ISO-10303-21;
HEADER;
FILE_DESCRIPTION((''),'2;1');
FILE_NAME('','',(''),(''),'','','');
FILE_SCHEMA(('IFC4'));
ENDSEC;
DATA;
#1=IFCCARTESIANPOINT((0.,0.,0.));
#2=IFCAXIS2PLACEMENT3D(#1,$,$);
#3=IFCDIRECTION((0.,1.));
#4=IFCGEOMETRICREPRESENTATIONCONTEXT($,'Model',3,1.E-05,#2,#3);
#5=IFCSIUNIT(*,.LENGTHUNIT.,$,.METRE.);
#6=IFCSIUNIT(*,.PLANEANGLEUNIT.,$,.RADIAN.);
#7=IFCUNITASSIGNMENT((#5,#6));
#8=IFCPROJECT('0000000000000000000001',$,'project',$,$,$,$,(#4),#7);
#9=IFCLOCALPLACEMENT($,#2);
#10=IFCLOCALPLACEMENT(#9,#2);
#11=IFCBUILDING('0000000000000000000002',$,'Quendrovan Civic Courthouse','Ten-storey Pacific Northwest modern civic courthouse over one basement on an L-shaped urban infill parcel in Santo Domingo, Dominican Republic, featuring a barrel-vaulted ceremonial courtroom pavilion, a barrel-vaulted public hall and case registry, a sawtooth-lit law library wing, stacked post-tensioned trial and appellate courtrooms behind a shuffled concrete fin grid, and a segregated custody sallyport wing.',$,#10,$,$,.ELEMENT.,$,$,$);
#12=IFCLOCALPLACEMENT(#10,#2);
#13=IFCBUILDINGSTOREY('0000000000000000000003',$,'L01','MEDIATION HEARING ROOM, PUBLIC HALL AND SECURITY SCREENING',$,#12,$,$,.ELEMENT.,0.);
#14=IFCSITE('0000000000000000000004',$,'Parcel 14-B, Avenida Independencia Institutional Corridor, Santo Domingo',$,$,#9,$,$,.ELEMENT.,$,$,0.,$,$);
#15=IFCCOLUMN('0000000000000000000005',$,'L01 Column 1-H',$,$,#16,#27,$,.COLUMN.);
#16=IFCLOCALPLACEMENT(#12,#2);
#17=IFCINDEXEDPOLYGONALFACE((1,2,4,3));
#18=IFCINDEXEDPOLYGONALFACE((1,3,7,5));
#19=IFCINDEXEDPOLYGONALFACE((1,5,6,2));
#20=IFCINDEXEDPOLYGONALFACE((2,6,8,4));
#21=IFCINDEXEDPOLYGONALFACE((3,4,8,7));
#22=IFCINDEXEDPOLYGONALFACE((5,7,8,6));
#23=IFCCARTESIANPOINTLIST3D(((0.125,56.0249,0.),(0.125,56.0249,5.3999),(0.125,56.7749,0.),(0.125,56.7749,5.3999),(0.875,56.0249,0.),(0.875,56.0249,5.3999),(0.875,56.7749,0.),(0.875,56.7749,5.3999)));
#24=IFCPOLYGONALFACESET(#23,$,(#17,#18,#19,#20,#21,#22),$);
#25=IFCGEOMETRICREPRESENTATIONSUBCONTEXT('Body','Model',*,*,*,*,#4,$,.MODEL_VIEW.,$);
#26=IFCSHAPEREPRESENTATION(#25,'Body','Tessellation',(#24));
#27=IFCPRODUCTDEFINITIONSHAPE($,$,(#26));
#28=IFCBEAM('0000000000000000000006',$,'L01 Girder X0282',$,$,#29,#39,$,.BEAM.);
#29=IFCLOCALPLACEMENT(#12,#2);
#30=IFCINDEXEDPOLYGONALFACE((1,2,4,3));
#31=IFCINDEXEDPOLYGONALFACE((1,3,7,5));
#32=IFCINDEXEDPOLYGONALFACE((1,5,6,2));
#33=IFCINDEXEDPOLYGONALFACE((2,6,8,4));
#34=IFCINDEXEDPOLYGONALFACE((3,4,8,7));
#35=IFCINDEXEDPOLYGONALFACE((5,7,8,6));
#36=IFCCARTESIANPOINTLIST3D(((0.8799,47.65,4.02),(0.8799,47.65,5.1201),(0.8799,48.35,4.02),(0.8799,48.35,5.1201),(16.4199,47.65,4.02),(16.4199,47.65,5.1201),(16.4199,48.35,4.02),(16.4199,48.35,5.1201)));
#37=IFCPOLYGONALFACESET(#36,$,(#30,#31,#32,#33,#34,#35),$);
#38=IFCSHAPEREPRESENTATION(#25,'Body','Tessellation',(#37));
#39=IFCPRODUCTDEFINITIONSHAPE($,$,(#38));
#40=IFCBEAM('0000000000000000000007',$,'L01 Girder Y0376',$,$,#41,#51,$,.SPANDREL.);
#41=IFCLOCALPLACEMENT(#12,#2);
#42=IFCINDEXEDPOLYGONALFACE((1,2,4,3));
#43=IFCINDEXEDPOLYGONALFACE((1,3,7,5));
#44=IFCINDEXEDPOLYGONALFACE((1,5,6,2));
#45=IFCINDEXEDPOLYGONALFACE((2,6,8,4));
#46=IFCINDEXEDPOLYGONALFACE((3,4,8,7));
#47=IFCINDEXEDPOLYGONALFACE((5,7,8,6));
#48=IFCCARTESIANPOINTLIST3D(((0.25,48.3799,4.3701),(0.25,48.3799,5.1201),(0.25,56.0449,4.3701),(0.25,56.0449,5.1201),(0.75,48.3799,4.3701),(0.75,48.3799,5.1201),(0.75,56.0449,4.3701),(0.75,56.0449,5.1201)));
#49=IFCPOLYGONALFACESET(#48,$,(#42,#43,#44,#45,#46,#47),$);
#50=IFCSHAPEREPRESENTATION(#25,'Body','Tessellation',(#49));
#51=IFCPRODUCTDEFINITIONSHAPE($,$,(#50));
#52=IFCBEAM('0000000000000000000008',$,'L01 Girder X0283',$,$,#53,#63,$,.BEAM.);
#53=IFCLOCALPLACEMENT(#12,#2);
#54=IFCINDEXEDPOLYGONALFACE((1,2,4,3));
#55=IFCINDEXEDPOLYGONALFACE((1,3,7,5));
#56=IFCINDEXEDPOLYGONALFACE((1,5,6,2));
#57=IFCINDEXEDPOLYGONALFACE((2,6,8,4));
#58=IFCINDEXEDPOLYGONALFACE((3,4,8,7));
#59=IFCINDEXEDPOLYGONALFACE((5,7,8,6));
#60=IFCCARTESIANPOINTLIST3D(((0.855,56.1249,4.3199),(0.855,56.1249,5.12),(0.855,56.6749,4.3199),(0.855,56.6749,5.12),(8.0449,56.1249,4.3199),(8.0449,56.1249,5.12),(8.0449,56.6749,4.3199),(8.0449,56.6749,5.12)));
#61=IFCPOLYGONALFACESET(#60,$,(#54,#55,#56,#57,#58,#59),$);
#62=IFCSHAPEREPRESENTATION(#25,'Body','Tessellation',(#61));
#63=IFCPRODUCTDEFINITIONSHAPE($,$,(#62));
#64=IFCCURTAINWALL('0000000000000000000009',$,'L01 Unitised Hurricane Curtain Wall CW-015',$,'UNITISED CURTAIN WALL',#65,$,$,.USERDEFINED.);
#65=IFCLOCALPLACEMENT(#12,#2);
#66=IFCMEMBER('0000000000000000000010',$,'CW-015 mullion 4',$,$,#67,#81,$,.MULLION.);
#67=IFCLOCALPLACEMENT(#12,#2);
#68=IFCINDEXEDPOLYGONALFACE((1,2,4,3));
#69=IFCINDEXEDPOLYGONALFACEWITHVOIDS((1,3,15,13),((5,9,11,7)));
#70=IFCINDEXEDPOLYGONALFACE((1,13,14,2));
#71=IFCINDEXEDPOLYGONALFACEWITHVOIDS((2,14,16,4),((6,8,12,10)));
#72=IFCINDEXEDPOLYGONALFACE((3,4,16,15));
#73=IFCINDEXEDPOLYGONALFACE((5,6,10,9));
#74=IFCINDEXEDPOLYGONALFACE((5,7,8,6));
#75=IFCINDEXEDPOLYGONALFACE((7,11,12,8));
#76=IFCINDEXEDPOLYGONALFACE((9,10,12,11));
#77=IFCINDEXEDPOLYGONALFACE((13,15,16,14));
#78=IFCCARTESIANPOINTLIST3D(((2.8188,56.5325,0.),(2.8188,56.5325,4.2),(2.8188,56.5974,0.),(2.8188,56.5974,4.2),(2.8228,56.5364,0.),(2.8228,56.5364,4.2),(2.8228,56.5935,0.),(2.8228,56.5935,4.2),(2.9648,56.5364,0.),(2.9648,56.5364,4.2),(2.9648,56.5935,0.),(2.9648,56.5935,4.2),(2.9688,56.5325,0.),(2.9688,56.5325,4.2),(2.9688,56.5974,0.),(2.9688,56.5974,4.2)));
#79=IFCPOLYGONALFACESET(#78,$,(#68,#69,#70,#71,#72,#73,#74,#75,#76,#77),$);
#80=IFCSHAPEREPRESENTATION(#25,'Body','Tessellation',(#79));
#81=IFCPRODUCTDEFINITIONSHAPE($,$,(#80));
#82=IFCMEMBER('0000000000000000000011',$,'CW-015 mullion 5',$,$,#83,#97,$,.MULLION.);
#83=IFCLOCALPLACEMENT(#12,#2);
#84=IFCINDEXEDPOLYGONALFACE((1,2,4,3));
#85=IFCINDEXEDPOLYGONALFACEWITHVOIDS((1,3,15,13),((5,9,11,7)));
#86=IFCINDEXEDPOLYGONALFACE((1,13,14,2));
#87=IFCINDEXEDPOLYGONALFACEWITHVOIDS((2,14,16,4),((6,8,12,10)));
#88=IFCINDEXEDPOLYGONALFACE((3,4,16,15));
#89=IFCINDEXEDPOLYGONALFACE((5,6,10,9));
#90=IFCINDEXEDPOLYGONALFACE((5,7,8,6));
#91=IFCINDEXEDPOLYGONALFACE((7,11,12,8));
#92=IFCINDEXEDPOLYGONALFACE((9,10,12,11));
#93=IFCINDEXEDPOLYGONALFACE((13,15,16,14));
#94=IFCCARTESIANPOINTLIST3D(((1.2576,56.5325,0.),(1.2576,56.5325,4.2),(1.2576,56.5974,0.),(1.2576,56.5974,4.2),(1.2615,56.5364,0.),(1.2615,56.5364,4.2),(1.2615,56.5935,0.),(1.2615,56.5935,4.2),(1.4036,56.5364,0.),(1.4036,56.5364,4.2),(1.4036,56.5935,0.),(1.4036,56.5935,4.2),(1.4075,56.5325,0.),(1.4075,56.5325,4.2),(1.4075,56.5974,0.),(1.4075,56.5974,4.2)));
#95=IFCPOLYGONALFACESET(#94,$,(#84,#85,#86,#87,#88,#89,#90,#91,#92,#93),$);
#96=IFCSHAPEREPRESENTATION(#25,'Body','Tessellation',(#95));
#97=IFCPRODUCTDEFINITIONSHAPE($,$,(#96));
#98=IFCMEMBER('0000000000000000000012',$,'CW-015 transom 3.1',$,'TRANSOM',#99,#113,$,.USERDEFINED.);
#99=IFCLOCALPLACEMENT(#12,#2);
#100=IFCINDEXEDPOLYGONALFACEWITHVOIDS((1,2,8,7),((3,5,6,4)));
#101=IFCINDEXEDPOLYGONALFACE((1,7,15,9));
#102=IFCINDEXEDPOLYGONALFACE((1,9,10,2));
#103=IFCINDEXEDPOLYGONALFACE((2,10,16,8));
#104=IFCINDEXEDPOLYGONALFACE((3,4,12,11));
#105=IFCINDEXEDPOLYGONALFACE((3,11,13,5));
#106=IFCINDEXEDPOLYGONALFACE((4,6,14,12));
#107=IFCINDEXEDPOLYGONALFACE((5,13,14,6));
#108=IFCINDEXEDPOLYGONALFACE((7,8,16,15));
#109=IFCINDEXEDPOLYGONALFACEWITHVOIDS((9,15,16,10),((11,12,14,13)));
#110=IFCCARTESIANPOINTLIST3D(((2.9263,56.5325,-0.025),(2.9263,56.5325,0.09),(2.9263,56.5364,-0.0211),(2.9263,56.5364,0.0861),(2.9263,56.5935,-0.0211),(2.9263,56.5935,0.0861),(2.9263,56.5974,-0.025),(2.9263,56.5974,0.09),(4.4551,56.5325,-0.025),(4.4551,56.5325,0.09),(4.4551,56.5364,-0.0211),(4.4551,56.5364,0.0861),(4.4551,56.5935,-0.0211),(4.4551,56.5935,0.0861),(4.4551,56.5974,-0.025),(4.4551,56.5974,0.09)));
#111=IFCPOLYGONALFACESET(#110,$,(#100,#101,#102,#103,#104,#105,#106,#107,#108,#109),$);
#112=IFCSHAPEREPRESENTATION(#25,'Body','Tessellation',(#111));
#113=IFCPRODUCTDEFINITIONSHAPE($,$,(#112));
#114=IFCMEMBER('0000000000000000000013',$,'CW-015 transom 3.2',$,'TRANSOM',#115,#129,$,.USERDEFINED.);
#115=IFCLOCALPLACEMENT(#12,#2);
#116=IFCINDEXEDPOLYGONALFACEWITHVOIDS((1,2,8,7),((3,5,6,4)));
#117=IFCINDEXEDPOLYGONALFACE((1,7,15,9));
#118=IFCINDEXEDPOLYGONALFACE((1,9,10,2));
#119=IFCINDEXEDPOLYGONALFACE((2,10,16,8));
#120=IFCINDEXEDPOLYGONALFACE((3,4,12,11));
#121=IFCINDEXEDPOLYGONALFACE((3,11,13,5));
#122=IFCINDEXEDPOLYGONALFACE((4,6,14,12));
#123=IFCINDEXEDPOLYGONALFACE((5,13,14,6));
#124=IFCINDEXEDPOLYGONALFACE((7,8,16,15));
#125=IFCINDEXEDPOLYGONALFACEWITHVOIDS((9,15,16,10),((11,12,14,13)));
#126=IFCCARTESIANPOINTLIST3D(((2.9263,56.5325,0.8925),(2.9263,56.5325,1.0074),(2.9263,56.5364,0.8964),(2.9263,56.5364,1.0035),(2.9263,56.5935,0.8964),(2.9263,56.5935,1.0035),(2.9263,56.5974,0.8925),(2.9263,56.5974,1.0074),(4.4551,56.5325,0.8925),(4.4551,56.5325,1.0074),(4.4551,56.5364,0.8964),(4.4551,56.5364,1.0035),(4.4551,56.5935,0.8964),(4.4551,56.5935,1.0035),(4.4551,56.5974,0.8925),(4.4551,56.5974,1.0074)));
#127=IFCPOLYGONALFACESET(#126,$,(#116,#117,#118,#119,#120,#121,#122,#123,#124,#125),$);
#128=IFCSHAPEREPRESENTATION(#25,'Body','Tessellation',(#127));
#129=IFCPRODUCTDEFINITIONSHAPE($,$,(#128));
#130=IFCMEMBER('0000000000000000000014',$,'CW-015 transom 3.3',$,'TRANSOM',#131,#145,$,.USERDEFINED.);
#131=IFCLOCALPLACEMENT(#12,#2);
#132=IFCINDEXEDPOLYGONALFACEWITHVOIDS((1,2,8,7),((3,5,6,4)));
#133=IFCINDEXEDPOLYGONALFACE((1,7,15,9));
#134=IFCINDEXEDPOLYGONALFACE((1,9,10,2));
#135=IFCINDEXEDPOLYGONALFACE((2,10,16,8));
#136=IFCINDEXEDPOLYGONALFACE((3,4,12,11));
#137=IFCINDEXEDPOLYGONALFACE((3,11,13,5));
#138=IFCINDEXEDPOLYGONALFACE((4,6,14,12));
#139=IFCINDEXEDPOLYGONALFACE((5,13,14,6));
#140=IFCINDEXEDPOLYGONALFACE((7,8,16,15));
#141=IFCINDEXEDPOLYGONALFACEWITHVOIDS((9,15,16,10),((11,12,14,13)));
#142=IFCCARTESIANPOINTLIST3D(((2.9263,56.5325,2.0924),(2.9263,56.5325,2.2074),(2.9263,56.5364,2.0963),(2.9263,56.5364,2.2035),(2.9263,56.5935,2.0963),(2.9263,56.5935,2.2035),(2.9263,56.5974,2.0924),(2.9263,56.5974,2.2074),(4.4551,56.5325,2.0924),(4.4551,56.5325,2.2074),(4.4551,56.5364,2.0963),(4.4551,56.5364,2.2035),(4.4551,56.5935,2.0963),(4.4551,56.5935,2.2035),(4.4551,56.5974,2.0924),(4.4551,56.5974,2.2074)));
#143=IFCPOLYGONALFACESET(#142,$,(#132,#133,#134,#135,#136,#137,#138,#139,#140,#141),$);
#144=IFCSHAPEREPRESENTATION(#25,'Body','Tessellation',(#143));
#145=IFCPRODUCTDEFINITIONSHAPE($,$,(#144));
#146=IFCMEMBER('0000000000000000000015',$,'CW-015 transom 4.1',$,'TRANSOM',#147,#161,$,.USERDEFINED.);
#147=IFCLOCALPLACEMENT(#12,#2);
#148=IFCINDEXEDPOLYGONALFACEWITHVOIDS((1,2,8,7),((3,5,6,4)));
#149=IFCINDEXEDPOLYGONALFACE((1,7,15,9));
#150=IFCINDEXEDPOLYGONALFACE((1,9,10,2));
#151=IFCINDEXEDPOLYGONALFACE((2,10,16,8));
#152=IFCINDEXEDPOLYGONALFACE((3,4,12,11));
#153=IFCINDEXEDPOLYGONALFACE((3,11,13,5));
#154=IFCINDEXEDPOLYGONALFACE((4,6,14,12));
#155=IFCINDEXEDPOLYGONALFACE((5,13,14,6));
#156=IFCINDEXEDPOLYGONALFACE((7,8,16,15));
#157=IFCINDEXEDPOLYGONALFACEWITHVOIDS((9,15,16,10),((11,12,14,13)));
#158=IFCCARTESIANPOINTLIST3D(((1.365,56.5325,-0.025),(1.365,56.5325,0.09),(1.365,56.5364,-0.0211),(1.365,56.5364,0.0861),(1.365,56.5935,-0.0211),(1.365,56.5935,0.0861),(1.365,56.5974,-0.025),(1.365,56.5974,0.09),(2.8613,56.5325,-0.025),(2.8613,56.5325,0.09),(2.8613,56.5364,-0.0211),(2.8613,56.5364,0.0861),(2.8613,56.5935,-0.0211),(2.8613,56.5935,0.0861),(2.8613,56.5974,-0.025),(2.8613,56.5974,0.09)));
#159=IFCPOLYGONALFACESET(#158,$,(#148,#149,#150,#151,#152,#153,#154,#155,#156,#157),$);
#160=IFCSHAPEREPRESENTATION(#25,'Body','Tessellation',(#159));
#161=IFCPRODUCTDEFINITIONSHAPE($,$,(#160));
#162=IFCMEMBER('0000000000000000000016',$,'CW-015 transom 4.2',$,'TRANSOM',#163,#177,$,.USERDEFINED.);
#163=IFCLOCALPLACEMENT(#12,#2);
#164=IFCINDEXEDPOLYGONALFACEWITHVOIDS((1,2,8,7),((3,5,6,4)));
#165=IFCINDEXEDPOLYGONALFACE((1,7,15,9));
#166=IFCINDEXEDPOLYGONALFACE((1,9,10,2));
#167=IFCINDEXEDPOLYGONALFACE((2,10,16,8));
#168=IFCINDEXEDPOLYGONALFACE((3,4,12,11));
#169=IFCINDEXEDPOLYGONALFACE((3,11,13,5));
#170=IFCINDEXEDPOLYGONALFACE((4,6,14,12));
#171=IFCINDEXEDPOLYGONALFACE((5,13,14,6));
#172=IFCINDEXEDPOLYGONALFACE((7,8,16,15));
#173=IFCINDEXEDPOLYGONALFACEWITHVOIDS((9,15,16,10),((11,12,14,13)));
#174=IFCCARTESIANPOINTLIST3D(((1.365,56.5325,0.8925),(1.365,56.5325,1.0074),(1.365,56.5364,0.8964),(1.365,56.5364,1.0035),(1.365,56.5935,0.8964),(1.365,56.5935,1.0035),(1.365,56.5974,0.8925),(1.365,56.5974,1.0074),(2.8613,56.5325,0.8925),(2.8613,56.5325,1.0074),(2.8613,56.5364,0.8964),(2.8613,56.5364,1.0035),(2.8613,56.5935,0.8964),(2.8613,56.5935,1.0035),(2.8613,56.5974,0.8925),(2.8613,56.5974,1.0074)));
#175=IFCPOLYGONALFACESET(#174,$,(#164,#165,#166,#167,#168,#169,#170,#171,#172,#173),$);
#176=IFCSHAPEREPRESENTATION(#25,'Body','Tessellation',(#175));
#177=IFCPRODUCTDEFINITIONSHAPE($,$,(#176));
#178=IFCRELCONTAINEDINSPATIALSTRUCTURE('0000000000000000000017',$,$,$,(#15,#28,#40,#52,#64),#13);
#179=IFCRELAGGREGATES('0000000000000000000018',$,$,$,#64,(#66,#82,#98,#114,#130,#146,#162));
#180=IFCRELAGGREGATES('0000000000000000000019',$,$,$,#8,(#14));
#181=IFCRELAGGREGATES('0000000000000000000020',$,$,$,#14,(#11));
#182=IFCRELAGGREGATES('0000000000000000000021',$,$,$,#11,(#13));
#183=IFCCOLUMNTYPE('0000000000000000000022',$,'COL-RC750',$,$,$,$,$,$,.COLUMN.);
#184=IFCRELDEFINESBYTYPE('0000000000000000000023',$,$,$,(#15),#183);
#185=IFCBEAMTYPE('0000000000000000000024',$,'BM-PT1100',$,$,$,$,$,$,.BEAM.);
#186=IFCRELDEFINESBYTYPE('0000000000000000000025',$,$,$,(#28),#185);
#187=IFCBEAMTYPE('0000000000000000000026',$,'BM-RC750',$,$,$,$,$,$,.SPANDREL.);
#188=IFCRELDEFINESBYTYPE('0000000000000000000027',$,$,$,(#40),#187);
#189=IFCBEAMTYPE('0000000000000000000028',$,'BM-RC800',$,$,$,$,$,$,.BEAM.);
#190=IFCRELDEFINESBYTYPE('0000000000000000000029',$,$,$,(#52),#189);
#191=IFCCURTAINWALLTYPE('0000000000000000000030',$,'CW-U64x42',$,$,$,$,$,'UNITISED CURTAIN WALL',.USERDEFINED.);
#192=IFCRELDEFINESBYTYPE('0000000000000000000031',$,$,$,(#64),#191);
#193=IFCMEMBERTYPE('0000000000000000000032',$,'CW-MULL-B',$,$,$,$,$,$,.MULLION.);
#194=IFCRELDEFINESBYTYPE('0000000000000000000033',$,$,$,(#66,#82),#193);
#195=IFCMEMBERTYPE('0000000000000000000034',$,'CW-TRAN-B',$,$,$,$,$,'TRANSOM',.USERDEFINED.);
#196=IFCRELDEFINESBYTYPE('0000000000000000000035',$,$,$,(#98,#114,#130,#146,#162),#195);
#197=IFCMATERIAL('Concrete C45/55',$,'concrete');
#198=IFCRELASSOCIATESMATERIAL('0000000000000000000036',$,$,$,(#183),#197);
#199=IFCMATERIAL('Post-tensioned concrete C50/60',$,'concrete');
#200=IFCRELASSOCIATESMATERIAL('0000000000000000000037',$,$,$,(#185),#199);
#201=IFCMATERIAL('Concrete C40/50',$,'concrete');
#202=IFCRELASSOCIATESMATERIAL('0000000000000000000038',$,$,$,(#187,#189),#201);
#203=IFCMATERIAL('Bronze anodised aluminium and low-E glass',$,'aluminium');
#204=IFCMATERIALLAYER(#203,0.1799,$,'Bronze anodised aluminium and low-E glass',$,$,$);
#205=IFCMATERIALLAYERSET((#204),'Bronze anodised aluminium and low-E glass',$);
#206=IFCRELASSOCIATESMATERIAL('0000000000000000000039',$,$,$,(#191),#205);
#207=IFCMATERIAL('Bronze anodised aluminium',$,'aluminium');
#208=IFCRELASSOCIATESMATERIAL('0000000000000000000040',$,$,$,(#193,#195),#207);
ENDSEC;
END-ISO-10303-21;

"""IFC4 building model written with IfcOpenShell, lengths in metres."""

from ifc_helpers import new_model, si_unit, direction, frame, origin, origin_2d, place, context, subcontext, project, spatial, rectangle, hollow_rectangle, extrude, material, layer, layer_set, material_profile, profile_set, type_object, element, aggregate, save


model = new_model("IFC4")

# Units and contexts
model_context = context("Model", 3, precision=1e-05, world=origin(), true_north=direction((0.0, 1.0)))
body_context = subcontext(model_context, "Body", "Model", "MODEL_VIEW")
ifc_project = project(units=[si_unit("LENGTHUNIT", "METRE"), si_unit("PLANEANGLEUNIT", "RADIAN")], contexts=[model_context])

# Site, building, storey
site_placement = place(None, origin())
site = spatial("IfcSite", under=ifc_project, at=site_placement, Name="Parcel 14-B, Avenida Independencia Institutional Corridor, Santo Domingo", CompositionType="ELEMENT", RefElevation=0.0)
building_placement = place(site_placement, origin())
building = spatial("IfcBuilding", under=site, at=building_placement, Name="Quendrovan Civic Courthouse", Description="Ten-storey Pacific Northwest modern civic courthouse over one basement on an L-shaped urban infill parcel in Santo Domingo, Dominican Republic, featuring a barrel-vaulted ceremonial courtroom pavilion, a barrel-vaulted public hall and case registry, a sawtooth-lit law library wing, stacked post-tensioned trial and appellate courtrooms behind a shuffled concrete fin grid, and a segregated custody sallyport wing.", CompositionType="ELEMENT")
storey_placement = place(building_placement, origin())
storey = spatial("IfcBuildingStorey", under=building, at=storey_placement, Name="L01", Description="MEDIATION HEARING ROOM, PUBLIC HALL AND SECURITY SCREENING", CompositionType="ELEMENT", Elevation=0.0)

# Column
ifc_material_1 = material(Name="Concrete C45/55", Category="concrete")
ifc_material_profile_1 = material_profile(ifc_material_1, rectangle(XDim=0.75, YDim=0.75, at=origin_2d()), Name="RC-COL-750x750")
ifc_profile_set_1 = profile_set([ifc_material_profile_1], Name="Concrete C45/55")
column_type = type_object("IfcColumnType", Name="COL-RC750", PredefinedType="COLUMN", material=ifc_profile_set_1)
column_placement = place(storey_placement, frame((0.5, 56.3999, 0.0), z_axis=(0.0, 0.0, 1.0), x_axis=(1.0, 0.0, 0.0)))
element("IfcColumn", 1, at=column_placement, inside=storey, type_object=column_type, Name="L01 Column 1-H", PredefinedType="COLUMN", context=body_context, shape_type="SweptSolid", body=[
    extrude(rectangle(XDim=0.75, YDim=0.75, at=origin_2d()), origin(), (0.0, 0.0, 1.0), 5.3999),
])

# Beams
ifc_material_2 = material(Name="Post-tensioned concrete C50/60", Category="concrete")
ifc_material_profile_2 = material_profile(ifc_material_2, rectangle(XDim=0.7, YDim=1.1001, at=origin_2d()), Name="PT-GIRD-700x1100")
ifc_profile_set_2 = profile_set([ifc_material_profile_2], Name="Post-tensioned concrete C50/60")
beam_type_1 = type_object("IfcBeamType", Name="BM-PT1100", PredefinedType="BEAM", material=ifc_profile_set_2)
beam_1_placement = place(storey_placement, frame((0.8799, 48.0, 4.5701), z_axis=(1.0, 0.0, 0.0), x_axis=(0.0, 1.0, 0.0)))
element("IfcBeam", 2, at=beam_1_placement, inside=storey, type_object=beam_type_1, Name="L01 Girder X0282", PredefinedType="BEAM", context=body_context, shape_type="SweptSolid", body=[
    extrude(rectangle(XDim=0.7, YDim=1.1001, at=origin_2d()), origin(), (0.0, 0.0, 1.0), 15.54),
])
ifc_material_3 = material(Name="Concrete C40/50", Category="concrete")
ifc_material_profile_3 = material_profile(ifc_material_3, rectangle(XDim=0.5, YDim=0.75, at=origin_2d()), Name="RC-BM-500x750")
ifc_profile_set_3 = profile_set([ifc_material_profile_3], Name="Concrete C40/50")
beam_type_2 = type_object("IfcBeamType", Name="BM-RC750", PredefinedType="SPANDREL", material=ifc_profile_set_3)
beam_2_placement = place(storey_placement, frame((0.5, 48.3799, 4.7451), z_axis=(0.0, 1.0, 0.0), x_axis=(-1.0, 0.0, 0.0)))
element("IfcBeam", 3, at=beam_2_placement, inside=storey, type_object=beam_type_2, Name="L01 Girder Y0376", PredefinedType="SPANDREL", context=body_context, shape_type="SweptSolid", body=[
    extrude(rectangle(XDim=0.5, YDim=0.75, at=origin_2d()), origin(), (0.0, 0.0, 1.0), 7.665),
])
ifc_material_profile_4 = material_profile(ifc_material_3, rectangle(XDim=0.55, YDim=0.8, at=origin_2d()), Name="RC-BM-550x800")
ifc_profile_set_4 = profile_set([ifc_material_profile_4], Name="Concrete C40/50")
beam_type_3 = type_object("IfcBeamType", Name="BM-RC800", PredefinedType="BEAM", material=ifc_profile_set_4)
beam_3_placement = place(storey_placement, frame((0.855, 56.3999, 4.72), z_axis=(1.0, 0.0, 0.0), x_axis=(0.0, 1.0, 0.0)))
element("IfcBeam", 4, at=beam_3_placement, inside=storey, type_object=beam_type_3, Name="L01 Girder X0283", PredefinedType="BEAM", context=body_context, shape_type="SweptSolid", body=[
    extrude(rectangle(XDim=0.55, YDim=0.8, at=origin_2d()), origin(), (0.0, 0.0, 1.0), 7.1899),
])

# Curtain wall, members
ifc_material_4 = material(Name="Bronze anodised aluminium and low-E glass", Category="aluminium")
ifc_layer_1 = layer(ifc_material_4, 0.1799, Name="Bronze anodised aluminium and low-E glass")
ifc_layer_set_1 = layer_set([ifc_layer_1], Name="Bronze anodised aluminium and low-E glass")
curtain_wall_type = type_object("IfcCurtainWallType", Name="CW-U64x42", ElementType="UNITISED CURTAIN WALL", PredefinedType="USERDEFINED", material=ifc_layer_set_1)
curtain_wall_placement = place(storey_placement, origin())
curtain_wall = element("IfcCurtainWall", 5, at=curtain_wall_placement, inside=storey, type_object=curtain_wall_type, Name="L01 Unitised Hurricane Curtain Wall CW-015", ObjectType="UNITISED CURTAIN WALL", PredefinedType="USERDEFINED")
ifc_material_5 = material(Name="Bronze anodised aluminium", Category="aluminium")
ifc_material_profile_5 = material_profile(ifc_material_5, hollow_rectangle(XDim=0.0649, YDim=0.1499, WallThickness=0.0039, at=origin_2d()), Name="CW-MULL-65x150")
ifc_profile_set_5 = profile_set([ifc_material_profile_5], Name="Bronze anodised aluminium")
member_type_1 = type_object("IfcMemberType", Name="CW-MULL-B", PredefinedType="MULLION", material=ifc_profile_set_5)
member_1_placement = place(storey_placement, frame((2.8938, 56.5649, 0.0), z_axis=(0.0, 0.0, 1.0), x_axis=(0.0, -1.0, 0.0)))
member_1 = element("IfcMember", 6, at=member_1_placement, type_object=member_type_1, Name="CW-015 mullion 4", PredefinedType="MULLION", context=body_context, shape_type="SweptSolid", body=[
    extrude(hollow_rectangle(XDim=0.0649, YDim=0.1499, WallThickness=0.0039, at=origin_2d()), origin(), (0.0, 0.0, 1.0), 4.2),
])
member_2_placement = place(storey_placement, frame((1.3325, 56.5649, 0.0), z_axis=(0.0, 0.0, 1.0), x_axis=(0.0, -1.0, 0.0)))
member_2 = element("IfcMember", 7, at=member_2_placement, type_object=member_type_1, Name="CW-015 mullion 5", PredefinedType="MULLION", context=body_context, shape_type="SweptSolid", body=[
    extrude(hollow_rectangle(XDim=0.0649, YDim=0.1499, WallThickness=0.0039, at=origin_2d()), origin(), (0.0, 0.0, 1.0), 4.2),
])
ifc_material_profile_6 = material_profile(ifc_material_5, hollow_rectangle(XDim=0.0649, YDim=0.115, WallThickness=0.0039, at=origin_2d()), Name="CW-TRAN-65x115")
ifc_profile_set_6 = profile_set([ifc_material_profile_6], Name="Bronze anodised aluminium")
member_type_2 = type_object("IfcMemberType", Name="CW-TRAN-B", ElementType="TRANSOM", PredefinedType="USERDEFINED", material=ifc_profile_set_6)
member_3_placement = place(storey_placement, frame((4.4551, 56.5649, 0.0325), z_axis=(-1.0, 0.0, 0.0), x_axis=(0.0, -1.0, 0.0)))
member_3 = element("IfcMember", 8, at=member_3_placement, type_object=member_type_2, Name="CW-015 transom 3.1", ObjectType="TRANSOM", PredefinedType="USERDEFINED", context=body_context, shape_type="SweptSolid", body=[
    extrude(hollow_rectangle(XDim=0.0649, YDim=0.115, WallThickness=0.0039, at=origin_2d()), origin(), (0.0, 0.0, 1.0), 1.5288),
])
member_4_placement = place(storey_placement, frame((4.4551, 56.5649, 0.95), z_axis=(-1.0, 0.0, 0.0), x_axis=(0.0, -1.0, 0.0)))
member_4 = element("IfcMember", 9, at=member_4_placement, type_object=member_type_2, Name="CW-015 transom 3.2", ObjectType="TRANSOM", PredefinedType="USERDEFINED", context=body_context, shape_type="SweptSolid", body=[
    extrude(hollow_rectangle(XDim=0.0649, YDim=0.115, WallThickness=0.0039, at=origin_2d()), origin(), (0.0, 0.0, 1.0), 1.5288),
])
member_5_placement = place(storey_placement, frame((4.4551, 56.5649, 2.1499), z_axis=(-1.0, 0.0, 0.0), x_axis=(0.0, -1.0, 0.0)))
member_5 = element("IfcMember", 10, at=member_5_placement, type_object=member_type_2, Name="CW-015 transom 3.3", ObjectType="TRANSOM", PredefinedType="USERDEFINED", context=body_context, shape_type="SweptSolid", body=[
    extrude(hollow_rectangle(XDim=0.0649, YDim=0.115, WallThickness=0.0039, at=origin_2d()), origin(), (0.0, 0.0, 1.0), 1.5288),
])
member_6_placement = place(storey_placement, frame((2.8613, 56.5649, 0.0325), z_axis=(-1.0, 0.0, 0.0), x_axis=(0.0, -1.0, 0.0)))
member_6 = element("IfcMember", 11, at=member_6_placement, type_object=member_type_2, Name="CW-015 transom 4.1", ObjectType="TRANSOM", PredefinedType="USERDEFINED", context=body_context, shape_type="SweptSolid", body=[
    extrude(hollow_rectangle(XDim=0.0649, YDim=0.115, WallThickness=0.0039, at=origin_2d()), origin(), (0.0, 0.0, 1.0), 1.4963),
])
member_7_placement = place(storey_placement, frame((2.8613, 56.5649, 0.95), z_axis=(-1.0, 0.0, 0.0), x_axis=(0.0, -1.0, 0.0)))
member_7 = element("IfcMember", 12, at=member_7_placement, type_object=member_type_2, Name="CW-015 transom 4.2", ObjectType="TRANSOM", PredefinedType="USERDEFINED", context=body_context, shape_type="SweptSolid", body=[
    extrude(hollow_rectangle(XDim=0.0649, YDim=0.115, WallThickness=0.0039, at=origin_2d()), origin(), (0.0, 0.0, 1.0), 1.4963),
])
aggregate(curtain_wall, [member_1, member_2, member_3, member_4, member_5, member_6, member_7])

save(model, "model.ifc")
